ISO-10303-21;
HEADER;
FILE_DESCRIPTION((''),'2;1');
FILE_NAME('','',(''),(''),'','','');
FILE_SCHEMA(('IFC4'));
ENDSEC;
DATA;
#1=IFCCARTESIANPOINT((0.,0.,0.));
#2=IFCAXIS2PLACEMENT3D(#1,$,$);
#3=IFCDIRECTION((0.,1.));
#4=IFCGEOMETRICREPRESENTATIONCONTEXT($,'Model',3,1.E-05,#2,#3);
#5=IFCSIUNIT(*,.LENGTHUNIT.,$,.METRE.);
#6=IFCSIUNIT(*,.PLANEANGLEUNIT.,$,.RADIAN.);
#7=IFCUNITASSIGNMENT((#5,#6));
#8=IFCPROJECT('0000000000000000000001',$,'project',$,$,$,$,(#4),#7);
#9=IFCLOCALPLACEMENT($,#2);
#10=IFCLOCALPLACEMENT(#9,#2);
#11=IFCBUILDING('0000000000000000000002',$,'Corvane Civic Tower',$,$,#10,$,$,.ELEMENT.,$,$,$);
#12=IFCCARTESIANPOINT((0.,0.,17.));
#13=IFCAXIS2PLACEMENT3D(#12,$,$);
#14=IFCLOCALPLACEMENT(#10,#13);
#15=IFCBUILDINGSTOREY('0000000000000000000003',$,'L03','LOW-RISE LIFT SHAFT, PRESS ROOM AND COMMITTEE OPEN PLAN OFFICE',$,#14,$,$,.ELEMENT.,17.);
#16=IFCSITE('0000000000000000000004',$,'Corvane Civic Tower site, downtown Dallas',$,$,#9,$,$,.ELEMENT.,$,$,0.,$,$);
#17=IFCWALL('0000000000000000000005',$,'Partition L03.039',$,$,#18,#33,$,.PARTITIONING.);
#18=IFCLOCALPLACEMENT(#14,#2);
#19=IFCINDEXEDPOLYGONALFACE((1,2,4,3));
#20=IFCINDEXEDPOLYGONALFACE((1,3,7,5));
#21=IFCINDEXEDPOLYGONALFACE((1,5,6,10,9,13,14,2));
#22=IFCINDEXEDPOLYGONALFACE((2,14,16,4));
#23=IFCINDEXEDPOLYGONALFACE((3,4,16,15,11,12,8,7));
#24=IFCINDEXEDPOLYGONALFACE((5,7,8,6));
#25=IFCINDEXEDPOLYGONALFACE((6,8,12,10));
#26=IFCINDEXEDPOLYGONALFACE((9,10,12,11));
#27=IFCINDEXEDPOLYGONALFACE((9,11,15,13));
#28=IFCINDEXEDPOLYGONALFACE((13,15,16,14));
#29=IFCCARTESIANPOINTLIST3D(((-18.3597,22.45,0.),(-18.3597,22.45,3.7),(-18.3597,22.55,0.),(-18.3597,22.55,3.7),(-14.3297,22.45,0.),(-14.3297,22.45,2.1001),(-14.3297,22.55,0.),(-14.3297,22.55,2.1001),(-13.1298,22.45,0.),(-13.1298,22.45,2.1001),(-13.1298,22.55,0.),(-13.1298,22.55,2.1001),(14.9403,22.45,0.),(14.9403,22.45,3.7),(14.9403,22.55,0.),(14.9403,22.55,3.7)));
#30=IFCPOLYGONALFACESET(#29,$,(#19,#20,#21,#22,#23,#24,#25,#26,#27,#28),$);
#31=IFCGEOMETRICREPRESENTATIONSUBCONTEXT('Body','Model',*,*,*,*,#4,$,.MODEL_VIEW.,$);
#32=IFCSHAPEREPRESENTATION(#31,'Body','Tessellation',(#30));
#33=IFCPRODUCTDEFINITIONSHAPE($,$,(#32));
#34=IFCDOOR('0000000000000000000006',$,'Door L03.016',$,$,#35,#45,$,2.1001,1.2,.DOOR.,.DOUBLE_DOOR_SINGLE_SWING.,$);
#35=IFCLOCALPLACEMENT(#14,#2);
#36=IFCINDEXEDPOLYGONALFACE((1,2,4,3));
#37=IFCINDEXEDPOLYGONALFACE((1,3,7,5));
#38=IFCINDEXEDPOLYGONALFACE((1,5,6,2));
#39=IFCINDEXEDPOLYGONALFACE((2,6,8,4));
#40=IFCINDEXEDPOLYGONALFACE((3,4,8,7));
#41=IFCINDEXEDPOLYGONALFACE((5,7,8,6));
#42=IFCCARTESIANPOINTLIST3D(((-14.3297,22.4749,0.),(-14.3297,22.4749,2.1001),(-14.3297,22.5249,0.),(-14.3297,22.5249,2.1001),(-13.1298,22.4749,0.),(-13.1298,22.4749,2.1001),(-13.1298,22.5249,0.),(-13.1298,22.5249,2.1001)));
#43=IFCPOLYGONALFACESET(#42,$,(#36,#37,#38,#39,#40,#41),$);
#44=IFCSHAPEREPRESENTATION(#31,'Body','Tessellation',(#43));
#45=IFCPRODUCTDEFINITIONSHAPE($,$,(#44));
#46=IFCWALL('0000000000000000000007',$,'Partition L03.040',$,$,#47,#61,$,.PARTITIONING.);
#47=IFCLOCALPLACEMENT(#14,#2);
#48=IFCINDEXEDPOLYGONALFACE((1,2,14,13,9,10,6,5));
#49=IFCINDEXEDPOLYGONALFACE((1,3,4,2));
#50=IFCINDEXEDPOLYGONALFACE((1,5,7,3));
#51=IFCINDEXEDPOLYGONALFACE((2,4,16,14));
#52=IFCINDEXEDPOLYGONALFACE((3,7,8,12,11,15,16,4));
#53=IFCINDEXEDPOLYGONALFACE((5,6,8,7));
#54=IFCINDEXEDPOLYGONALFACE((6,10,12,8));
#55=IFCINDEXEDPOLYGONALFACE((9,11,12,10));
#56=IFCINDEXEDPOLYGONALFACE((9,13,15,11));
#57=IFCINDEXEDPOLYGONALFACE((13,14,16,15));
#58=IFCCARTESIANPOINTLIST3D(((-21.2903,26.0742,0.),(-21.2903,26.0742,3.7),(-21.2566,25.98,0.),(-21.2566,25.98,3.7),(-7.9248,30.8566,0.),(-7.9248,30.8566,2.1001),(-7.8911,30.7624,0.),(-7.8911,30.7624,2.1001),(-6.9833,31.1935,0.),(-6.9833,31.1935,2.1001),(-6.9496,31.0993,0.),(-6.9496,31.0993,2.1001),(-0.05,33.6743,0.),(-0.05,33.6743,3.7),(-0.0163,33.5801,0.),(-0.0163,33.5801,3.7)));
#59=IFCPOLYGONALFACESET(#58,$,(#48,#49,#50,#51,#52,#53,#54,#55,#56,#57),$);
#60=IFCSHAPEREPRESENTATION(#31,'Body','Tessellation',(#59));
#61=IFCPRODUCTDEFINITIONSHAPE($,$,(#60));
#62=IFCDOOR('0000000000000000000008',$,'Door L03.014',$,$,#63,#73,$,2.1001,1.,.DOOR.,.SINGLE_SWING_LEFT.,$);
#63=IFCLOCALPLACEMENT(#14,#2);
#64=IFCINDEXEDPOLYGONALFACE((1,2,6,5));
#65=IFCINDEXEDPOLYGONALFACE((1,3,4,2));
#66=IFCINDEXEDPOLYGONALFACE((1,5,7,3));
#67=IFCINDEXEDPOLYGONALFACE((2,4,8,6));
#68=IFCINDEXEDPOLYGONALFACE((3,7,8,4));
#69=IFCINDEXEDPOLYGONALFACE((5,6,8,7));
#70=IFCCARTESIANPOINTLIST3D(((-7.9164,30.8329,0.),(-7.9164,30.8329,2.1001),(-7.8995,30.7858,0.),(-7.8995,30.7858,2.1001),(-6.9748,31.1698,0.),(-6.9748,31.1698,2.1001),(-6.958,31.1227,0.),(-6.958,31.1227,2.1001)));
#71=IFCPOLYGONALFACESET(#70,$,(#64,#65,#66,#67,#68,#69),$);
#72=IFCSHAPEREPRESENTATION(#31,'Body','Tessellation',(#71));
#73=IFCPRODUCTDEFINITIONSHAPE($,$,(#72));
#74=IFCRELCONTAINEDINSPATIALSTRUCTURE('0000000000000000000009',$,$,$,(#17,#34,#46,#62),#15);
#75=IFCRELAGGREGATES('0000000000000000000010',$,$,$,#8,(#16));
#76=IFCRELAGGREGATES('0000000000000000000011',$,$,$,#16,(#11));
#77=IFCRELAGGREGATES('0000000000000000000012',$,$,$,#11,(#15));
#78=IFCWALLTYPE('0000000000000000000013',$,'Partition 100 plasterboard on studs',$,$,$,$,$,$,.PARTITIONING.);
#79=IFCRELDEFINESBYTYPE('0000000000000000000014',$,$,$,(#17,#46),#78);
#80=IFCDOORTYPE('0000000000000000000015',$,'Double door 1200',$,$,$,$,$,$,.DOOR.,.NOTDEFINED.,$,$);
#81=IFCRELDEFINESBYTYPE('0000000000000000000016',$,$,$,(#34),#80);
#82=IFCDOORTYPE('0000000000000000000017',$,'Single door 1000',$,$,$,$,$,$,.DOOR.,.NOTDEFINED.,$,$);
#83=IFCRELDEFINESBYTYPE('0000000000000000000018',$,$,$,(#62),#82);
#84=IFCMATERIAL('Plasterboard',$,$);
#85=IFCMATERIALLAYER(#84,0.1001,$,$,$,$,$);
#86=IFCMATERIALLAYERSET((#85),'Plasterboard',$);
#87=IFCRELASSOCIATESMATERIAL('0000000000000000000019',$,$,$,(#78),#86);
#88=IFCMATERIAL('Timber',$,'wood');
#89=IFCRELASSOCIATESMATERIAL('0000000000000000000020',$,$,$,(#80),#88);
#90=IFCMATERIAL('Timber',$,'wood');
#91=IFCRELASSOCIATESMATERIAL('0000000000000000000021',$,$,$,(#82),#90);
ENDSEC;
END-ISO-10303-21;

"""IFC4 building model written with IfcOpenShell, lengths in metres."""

from ifc_helpers import new_model, si_unit, direction, frame, frame_2d, origin, place, context, subcontext, project, spatial, rectangle, extrude, material, layer, layer_set, type_object, element, fill, save


model = new_model("IFC4")

# Units and contexts
model_context = context("Model", 3, precision=1e-05, world=origin(), true_north=direction((0.0, 1.0)))
body_context = subcontext(model_context, "Body", "Model", "MODEL_VIEW")
ifc_project = project(units=[si_unit("LENGTHUNIT", "METRE"), si_unit("PLANEANGLEUNIT", "RADIAN")], contexts=[model_context])

# Site, building, storey
site_placement = place(None, origin())
site = spatial("IfcSite", under=ifc_project, at=site_placement, Name="Corvane Civic Tower site, downtown Dallas", CompositionType="ELEMENT", RefElevation=0.0)
building_placement = place(site_placement, origin())
building = spatial("IfcBuilding", under=site, at=building_placement, Name="Corvane Civic Tower", CompositionType="ELEMENT")
storey_placement = place(building_placement, frame((0.0, 0.0, 17.0)))
storey = spatial("IfcBuildingStorey", under=building, at=storey_placement, Name="L03", Description="LOW-RISE LIFT SHAFT, PRESS ROOM AND COMMITTEE OPEN PLAN OFFICE", CompositionType="ELEMENT", Elevation=17.0)

# Walls, openings, doors
ifc_material_1 = material(Name="Plasterboard")
ifc_layer_1 = layer(ifc_material_1, 0.1001)
ifc_layer_set_1 = layer_set([ifc_layer_1], Name="Plasterboard")
wall_type_1 = type_object("IfcWallType", Name="Partition 100 plasterboard on studs", PredefinedType="PARTITIONING", material=ifc_layer_set_1)
wall_1_placement = place(storey_placement, frame((-18.3596, 22.5, 0.0), z_axis=(0.0, 0.0, 1.0), x_axis=(1.0, 0.0, 0.0)))
wall_1 = element("IfcWall", 1, at=wall_1_placement, inside=storey, type_object=wall_type_1, Name="Partition L03.039", PredefinedType="PARTITIONING", context=body_context, shape_type="SweptSolid", body=[
    extrude(rectangle(XDim=33.3, YDim=0.1001, at=frame_2d((16.6499, 0.0))), origin(), (0.0, 0.0, 1.0), 3.7),
])
opening_1_placement = place(wall_1_placement, frame((4.0298, 0.0, 0.0)))
opening_1 = element("IfcOpeningElement", 2, at=opening_1_placement, cuts=wall_1, PredefinedType="OPENING", context=body_context, shape_type="SweptSolid", body=[
    extrude(rectangle(XDim=1.2, YDim=2.1001, at=frame_2d((0.6001, 1.05))), frame((0.0, 0.0601, 0.0), z_axis=(0.0, -1.0, 0.0), x_axis=(1.0, 0.0, 0.0)), (0.0, 0.0, 1.0), 0.1201),
])
ifc_material_2 = material(Name="Timber", Category="wood")
door_type_1 = type_object("IfcDoorType", Name="Double door 1200", OperationType="NOTDEFINED", PredefinedType="DOOR", material=ifc_material_2)
door_1_placement = place(opening_1_placement, origin())
door_1 = element("IfcDoor", 3, at=door_1_placement, inside=storey, type_object=door_type_1, Name="Door L03.016", OperationType="DOUBLE_DOOR_SINGLE_SWING", OverallHeight=2.1001, OverallWidth=1.2, PredefinedType="DOOR", context=body_context, shape_type="SweptSolid", body=[
    extrude(rectangle(XDim=1.2, YDim=2.1001, at=frame_2d((0.6001, 1.05))), frame((0.0, 0.0249, 0.0), z_axis=(0.0, -1.0, 0.0), x_axis=(1.0, 0.0, 0.0)), (0.0, 0.0, 1.0), 0.05),
])
fill(opening_1, door_1)
wall_2_placement = place(storey_placement, frame((-21.2734, 26.0271, 0.0), z_axis=(0.0, 0.0, 1.0), x_axis=(0.941541, 0.336899, 0.0)))
wall_2 = element("IfcWall", 4, at=wall_2_placement, inside=storey, type_object=wall_type_1, Name="Partition L03.040", PredefinedType="PARTITIONING", context=body_context, shape_type="SweptSolid", body=[
    extrude(rectangle(XDim=22.5591, YDim=0.1001, at=frame_2d((11.2795, 0.0))), origin(), (0.0, 0.0, 1.0), 3.7),
])
opening_2_placement = place(wall_2_placement, frame((14.1953, 0.0, 0.0)))
opening_2 = element("IfcOpeningElement", 5, at=opening_2_placement, cuts=wall_2, PredefinedType="OPENING", context=body_context, shape_type="SweptSolid", body=[
    extrude(rectangle(XDim=1.0, YDim=2.1001, at=frame_2d((0.5, 1.05))), frame((0.0, 0.0601, 0.0), z_axis=(0.0, -1.0, 0.0), x_axis=(1.0, 0.0, 0.0)), (0.0, 0.0, 1.0), 0.1201),
])
ifc_material_3 = material(Name="Timber", Category="wood")
door_type_2 = type_object("IfcDoorType", Name="Single door 1000", OperationType="NOTDEFINED", PredefinedType="DOOR", material=ifc_material_3)
door_2_placement = place(opening_2_placement, origin())
door_2 = element("IfcDoor", 6, at=door_2_placement, inside=storey, type_object=door_type_2, Name="Door L03.014", OperationType="SINGLE_SWING_LEFT", OverallHeight=2.1001, OverallWidth=1.0, PredefinedType="DOOR", context=body_context, shape_type="SweptSolid", body=[
    extrude(rectangle(XDim=1.0, YDim=2.1001, at=frame_2d((0.5, 1.05))), frame((0.0, 0.0249, 0.0), z_axis=(0.0, -1.0, 0.0), x_axis=(1.0, 0.0, 0.0)), (0.0, 0.0, 1.0), 0.05),
])
fill(opening_2, door_2)

save(model, "model.ifc")
